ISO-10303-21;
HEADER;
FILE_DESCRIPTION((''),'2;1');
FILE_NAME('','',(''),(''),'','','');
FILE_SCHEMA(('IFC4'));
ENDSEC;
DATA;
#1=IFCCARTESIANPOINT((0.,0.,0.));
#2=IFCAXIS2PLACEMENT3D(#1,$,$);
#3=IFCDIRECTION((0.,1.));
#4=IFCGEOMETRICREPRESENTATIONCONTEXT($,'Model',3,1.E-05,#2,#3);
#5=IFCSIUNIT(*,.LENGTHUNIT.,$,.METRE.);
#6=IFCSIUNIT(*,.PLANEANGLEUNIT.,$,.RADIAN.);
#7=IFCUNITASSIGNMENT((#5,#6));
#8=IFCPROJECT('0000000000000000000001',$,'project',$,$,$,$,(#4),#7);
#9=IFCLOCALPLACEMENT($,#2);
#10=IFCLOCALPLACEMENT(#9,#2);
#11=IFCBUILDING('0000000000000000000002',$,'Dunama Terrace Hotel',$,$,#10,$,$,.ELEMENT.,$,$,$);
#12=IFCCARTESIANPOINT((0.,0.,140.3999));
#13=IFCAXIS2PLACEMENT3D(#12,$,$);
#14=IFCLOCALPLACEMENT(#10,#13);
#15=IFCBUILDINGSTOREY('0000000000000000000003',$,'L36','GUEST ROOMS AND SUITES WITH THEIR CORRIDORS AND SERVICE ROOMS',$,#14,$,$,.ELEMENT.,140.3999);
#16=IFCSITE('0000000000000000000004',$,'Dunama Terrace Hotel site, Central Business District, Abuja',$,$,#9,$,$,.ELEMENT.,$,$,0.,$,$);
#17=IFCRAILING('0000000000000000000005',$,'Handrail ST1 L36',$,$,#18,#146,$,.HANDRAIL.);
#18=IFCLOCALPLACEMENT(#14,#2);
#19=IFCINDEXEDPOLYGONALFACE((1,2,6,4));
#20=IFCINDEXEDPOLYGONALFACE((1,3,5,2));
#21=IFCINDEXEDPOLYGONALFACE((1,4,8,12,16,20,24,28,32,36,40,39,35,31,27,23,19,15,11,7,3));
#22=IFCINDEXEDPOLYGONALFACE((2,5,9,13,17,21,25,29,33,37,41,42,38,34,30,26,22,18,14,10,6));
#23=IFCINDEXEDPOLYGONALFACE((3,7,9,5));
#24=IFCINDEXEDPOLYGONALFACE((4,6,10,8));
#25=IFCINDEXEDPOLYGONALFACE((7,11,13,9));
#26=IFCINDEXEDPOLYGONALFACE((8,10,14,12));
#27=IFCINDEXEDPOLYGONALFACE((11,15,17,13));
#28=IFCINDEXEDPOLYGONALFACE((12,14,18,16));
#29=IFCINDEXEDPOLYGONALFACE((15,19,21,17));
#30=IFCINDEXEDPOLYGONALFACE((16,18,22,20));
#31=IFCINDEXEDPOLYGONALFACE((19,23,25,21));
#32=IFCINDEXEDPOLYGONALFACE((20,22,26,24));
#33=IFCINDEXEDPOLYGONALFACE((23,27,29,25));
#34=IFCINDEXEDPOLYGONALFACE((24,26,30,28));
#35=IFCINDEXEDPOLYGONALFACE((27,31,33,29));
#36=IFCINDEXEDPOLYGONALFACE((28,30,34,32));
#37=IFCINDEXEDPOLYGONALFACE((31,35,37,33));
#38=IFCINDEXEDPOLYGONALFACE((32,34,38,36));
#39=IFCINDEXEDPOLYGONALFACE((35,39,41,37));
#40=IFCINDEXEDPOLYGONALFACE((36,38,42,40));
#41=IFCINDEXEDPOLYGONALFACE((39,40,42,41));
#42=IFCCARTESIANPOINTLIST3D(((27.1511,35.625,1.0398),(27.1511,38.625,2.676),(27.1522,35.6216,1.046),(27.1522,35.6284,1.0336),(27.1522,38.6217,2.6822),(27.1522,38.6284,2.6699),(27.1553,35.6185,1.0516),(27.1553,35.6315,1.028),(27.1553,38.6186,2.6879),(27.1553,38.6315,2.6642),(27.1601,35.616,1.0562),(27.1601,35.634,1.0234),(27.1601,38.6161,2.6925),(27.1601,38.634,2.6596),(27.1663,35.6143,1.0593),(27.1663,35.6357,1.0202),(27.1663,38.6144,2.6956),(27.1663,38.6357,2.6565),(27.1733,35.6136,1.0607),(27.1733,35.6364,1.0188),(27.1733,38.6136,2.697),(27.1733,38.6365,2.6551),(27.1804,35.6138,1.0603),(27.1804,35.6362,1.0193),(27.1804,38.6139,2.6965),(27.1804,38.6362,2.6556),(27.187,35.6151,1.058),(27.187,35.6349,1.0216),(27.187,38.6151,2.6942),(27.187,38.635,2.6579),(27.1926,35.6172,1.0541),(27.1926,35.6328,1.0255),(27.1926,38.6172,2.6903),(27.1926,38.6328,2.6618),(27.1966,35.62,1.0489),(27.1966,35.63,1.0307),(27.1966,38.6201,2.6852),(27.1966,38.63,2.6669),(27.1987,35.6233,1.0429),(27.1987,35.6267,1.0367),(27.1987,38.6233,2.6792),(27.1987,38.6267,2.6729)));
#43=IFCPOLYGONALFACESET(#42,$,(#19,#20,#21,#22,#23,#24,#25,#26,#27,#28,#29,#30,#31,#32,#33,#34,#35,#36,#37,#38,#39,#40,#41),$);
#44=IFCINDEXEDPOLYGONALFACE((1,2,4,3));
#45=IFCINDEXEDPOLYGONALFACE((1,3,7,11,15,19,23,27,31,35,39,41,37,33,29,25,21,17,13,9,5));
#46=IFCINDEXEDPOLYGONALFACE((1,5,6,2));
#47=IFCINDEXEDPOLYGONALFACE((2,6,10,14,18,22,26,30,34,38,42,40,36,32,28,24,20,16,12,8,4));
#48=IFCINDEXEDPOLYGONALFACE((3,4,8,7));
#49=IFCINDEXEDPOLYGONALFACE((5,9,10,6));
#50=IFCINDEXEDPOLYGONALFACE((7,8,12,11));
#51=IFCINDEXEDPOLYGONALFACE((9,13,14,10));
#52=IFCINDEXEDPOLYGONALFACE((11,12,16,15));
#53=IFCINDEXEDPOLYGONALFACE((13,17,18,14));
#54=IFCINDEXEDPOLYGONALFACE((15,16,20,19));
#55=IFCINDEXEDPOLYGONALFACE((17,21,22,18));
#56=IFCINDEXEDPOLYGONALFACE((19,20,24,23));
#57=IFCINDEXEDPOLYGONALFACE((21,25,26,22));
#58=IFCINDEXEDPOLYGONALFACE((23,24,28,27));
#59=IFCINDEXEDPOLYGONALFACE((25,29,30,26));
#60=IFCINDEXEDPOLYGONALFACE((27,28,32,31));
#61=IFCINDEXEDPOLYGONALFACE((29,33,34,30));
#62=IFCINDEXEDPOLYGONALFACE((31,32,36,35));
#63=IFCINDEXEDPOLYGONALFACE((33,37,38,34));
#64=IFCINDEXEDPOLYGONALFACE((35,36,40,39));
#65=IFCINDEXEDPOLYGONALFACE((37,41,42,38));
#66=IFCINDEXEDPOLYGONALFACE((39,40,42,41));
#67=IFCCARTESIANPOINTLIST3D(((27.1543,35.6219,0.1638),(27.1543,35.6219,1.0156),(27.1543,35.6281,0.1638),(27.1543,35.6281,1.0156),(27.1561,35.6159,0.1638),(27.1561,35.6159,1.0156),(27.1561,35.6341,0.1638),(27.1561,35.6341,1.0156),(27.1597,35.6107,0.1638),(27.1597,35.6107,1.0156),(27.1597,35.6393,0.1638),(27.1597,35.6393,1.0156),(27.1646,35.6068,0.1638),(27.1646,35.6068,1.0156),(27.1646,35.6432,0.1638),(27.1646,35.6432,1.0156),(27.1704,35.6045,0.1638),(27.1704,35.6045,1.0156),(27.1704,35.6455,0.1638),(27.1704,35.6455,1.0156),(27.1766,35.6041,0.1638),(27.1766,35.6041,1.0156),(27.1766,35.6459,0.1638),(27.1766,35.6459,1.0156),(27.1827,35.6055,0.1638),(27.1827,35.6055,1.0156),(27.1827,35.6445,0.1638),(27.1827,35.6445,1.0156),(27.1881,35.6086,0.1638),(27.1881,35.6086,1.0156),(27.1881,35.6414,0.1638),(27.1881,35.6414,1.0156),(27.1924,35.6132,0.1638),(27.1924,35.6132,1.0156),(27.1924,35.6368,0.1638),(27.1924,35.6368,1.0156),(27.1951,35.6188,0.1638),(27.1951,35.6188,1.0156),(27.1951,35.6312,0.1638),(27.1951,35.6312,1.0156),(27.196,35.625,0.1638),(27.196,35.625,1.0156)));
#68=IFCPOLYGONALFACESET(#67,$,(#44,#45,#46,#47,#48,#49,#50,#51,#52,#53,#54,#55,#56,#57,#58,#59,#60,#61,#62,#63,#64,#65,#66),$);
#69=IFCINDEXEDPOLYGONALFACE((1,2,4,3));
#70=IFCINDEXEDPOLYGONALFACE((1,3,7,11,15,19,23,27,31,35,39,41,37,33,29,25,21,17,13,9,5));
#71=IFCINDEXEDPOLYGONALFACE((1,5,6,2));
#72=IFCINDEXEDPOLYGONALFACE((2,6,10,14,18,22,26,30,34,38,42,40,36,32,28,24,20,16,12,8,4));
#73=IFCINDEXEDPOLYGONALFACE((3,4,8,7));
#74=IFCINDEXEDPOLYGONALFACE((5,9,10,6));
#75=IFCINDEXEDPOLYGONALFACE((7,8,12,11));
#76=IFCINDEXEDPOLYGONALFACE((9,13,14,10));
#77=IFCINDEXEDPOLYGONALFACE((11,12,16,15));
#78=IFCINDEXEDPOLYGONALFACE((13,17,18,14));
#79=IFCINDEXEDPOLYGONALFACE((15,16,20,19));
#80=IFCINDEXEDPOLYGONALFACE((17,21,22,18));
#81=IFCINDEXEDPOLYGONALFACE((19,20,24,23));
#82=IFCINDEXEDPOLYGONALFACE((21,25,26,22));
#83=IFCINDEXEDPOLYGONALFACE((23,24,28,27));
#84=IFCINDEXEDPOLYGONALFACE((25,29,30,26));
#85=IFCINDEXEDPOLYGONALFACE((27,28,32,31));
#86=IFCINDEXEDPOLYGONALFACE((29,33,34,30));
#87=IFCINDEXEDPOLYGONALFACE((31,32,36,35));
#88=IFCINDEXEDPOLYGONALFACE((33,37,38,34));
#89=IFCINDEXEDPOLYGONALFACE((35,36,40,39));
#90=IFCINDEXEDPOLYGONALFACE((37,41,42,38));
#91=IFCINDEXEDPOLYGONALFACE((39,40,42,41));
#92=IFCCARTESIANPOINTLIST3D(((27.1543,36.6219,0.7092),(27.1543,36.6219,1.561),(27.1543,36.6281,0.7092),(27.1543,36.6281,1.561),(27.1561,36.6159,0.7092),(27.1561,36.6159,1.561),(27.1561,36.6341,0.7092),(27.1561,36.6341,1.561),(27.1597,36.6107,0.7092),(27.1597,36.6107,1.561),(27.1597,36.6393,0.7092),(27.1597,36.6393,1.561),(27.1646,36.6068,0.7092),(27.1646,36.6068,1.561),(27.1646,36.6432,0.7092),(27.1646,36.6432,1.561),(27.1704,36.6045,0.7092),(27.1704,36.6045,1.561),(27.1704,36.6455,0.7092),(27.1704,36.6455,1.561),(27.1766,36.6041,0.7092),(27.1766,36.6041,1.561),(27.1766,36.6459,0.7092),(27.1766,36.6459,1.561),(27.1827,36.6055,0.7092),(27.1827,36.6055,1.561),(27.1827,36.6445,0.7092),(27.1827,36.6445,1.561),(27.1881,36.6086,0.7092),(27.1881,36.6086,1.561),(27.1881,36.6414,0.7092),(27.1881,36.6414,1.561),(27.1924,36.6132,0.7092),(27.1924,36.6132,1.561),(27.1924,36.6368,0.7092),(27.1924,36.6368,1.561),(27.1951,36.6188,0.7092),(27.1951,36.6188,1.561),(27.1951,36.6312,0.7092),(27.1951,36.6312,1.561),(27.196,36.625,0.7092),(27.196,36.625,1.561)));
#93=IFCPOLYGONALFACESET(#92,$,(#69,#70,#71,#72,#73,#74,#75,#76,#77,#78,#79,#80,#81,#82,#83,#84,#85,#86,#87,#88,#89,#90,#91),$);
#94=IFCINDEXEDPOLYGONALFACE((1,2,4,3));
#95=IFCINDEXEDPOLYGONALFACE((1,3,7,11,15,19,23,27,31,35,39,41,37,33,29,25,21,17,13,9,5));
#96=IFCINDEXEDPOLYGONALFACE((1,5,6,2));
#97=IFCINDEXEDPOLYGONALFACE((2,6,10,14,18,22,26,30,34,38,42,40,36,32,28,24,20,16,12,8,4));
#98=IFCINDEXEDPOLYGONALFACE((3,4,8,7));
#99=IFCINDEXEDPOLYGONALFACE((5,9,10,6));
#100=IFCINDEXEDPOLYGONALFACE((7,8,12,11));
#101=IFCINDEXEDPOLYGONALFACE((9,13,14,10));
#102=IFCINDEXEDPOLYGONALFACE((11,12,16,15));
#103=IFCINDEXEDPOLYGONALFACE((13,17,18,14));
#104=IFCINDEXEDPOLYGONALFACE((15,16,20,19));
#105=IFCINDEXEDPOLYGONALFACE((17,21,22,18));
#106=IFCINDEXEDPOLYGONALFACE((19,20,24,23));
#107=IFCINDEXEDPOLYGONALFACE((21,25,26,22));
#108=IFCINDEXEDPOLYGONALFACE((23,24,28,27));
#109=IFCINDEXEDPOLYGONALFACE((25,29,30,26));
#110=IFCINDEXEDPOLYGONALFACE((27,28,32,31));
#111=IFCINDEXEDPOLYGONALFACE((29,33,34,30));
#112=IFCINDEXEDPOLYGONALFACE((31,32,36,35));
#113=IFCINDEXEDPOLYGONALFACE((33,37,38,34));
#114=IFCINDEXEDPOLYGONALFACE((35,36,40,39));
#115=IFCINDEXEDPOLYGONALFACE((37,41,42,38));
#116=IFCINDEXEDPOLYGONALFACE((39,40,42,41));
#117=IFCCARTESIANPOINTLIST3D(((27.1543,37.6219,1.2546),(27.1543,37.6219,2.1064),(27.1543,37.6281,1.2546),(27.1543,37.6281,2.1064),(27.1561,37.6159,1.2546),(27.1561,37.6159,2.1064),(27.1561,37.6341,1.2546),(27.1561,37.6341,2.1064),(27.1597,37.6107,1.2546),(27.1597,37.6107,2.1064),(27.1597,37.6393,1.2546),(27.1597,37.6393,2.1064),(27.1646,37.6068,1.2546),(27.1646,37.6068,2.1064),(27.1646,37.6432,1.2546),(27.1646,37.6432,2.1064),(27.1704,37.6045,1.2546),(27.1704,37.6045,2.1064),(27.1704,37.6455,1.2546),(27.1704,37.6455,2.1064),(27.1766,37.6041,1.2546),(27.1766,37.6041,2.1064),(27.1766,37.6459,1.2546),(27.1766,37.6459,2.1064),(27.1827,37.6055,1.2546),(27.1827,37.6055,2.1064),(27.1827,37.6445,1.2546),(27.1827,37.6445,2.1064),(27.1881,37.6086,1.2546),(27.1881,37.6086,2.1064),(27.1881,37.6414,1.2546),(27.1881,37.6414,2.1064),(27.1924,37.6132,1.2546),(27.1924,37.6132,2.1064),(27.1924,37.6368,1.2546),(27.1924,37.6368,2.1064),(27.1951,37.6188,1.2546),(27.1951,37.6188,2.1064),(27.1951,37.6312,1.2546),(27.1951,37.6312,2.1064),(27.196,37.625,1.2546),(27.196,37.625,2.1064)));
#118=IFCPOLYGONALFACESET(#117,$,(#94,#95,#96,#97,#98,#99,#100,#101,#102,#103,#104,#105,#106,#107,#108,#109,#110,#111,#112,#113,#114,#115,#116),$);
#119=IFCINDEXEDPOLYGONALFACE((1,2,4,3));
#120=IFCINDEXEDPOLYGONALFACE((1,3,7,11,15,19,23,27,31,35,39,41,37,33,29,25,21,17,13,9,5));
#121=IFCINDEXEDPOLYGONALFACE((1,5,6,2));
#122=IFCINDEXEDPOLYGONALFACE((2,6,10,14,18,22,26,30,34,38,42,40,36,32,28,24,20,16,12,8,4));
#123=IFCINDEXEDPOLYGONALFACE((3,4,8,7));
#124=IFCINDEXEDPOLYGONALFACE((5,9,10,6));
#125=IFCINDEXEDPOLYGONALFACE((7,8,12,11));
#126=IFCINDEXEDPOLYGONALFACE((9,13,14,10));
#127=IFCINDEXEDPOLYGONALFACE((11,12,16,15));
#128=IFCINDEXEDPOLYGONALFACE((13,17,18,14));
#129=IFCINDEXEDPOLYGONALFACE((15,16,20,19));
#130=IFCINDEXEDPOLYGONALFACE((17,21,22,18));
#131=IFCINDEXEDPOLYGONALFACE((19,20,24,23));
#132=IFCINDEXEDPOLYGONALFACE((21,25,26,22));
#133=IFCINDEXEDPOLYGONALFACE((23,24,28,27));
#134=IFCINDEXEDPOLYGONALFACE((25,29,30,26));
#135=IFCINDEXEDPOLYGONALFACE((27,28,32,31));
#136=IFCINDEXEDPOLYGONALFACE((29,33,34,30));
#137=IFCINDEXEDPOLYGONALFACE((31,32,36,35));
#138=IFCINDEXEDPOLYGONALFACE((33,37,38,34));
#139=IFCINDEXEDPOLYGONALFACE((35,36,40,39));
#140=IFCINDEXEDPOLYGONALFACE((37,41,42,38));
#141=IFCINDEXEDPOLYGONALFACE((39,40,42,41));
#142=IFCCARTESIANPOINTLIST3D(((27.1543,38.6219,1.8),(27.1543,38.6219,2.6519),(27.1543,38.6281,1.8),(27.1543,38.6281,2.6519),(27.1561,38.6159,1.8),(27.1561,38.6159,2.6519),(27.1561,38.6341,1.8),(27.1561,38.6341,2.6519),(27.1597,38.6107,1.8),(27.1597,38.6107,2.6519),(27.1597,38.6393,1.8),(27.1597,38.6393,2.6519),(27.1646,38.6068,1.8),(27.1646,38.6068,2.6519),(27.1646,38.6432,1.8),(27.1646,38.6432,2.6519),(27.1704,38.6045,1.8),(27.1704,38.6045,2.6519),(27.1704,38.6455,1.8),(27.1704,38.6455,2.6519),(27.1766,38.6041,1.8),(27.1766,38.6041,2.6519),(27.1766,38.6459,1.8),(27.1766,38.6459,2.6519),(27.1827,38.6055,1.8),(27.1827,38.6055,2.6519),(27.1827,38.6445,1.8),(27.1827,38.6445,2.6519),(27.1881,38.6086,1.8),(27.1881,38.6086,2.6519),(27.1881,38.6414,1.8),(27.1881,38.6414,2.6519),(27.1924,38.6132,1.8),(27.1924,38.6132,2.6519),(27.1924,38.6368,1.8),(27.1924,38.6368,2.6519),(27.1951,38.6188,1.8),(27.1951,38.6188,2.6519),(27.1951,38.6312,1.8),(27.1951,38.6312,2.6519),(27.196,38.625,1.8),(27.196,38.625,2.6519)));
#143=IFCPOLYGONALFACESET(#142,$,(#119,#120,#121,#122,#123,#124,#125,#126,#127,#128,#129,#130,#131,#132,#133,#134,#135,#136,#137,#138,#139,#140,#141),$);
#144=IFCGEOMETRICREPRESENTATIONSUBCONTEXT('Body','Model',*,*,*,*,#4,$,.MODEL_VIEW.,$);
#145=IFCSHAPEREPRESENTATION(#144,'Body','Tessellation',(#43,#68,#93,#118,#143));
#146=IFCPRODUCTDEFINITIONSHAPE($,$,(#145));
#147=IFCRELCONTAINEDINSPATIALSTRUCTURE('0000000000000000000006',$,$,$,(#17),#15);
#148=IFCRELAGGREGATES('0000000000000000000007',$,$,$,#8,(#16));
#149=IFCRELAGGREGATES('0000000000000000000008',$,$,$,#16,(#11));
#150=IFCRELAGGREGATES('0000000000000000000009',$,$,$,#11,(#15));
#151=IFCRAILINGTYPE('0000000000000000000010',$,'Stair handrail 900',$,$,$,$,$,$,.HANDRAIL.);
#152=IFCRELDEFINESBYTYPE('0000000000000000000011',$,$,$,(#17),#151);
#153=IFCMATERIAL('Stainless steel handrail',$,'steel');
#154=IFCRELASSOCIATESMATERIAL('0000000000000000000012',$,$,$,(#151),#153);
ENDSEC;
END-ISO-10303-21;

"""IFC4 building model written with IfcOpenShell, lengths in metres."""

from ifc_helpers import new_model, si_unit, direction, frame, origin, origin_2d, place, context, subcontext, project, spatial, circle, extrude, material, type_object, element, save


model = new_model("IFC4")

# Units and contexts
model_context = context("Model", 3, precision=1e-05, world=origin(), true_north=direction((0.0, 1.0)))
body_context = subcontext(model_context, "Body", "Model", "MODEL_VIEW")
ifc_project = project(units=[si_unit("LENGTHUNIT", "METRE"), si_unit("PLANEANGLEUNIT", "RADIAN")], contexts=[model_context])

# Site, building, storey
site_placement = place(None, origin())
site = spatial("IfcSite", under=ifc_project, at=site_placement, Name="Dunama Terrace Hotel site, Central Business District, Abuja", CompositionType="ELEMENT", RefElevation=0.0)
building_placement = place(site_placement, origin())
building = spatial("IfcBuilding", under=site, at=building_placement, Name="Dunama Terrace Hotel", CompositionType="ELEMENT")
storey_placement = place(building_placement, frame((0.0, 0.0, 140.3999)))
storey = spatial("IfcBuildingStorey", under=building, at=storey_placement, Name="L36", Description="GUEST ROOMS AND SUITES WITH THEIR CORRIDORS AND SERVICE ROOMS", CompositionType="ELEMENT", Elevation=140.3999)

# Railing
ifc_material_1 = material(Name="Stainless steel handrail", Category="steel")
railing_type = type_object("IfcRailingType", Name="Stair handrail 900", PredefinedType="HANDRAIL", material=ifc_material_1)
railing_1_placement = place(storey_placement, frame((27.175, 35.625, 0.1638)))
element("IfcRailing", 1, at=railing_1_placement, inside=storey, type_object=railing_type, Name="Handrail ST1 L36", PredefinedType="HANDRAIL", context=body_context, shape_type="SweptSolid", body=[
    extrude(circle(Radius=0.0239, at=origin_2d()), frame((0.0, 0.0, 0.876), z_axis=(0.0, 0.877912, 0.478822), x_axis=(-1.0, 0.0, 0.0)), (0.0, 0.0, 1.0), 3.4172),
    extrude(circle(Radius=0.021, at=origin_2d()), origin(), (0.0, 0.0, 1.0), 0.8518),
    extrude(circle(Radius=0.021, at=origin_2d()), frame((0.0, 1.0, 0.5454)), (0.0, 0.0, 1.0), 0.8518),
    extrude(circle(Radius=0.021, at=origin_2d()), frame((0.0, 2.0, 1.0908)), (0.0, 0.0, 1.0), 0.8518),
    extrude(circle(Radius=0.021, at=origin_2d()), frame((0.0, 3.0, 1.6362)), (0.0, 0.0, 1.0), 0.8518),
])

save(model, "model.ifc")
